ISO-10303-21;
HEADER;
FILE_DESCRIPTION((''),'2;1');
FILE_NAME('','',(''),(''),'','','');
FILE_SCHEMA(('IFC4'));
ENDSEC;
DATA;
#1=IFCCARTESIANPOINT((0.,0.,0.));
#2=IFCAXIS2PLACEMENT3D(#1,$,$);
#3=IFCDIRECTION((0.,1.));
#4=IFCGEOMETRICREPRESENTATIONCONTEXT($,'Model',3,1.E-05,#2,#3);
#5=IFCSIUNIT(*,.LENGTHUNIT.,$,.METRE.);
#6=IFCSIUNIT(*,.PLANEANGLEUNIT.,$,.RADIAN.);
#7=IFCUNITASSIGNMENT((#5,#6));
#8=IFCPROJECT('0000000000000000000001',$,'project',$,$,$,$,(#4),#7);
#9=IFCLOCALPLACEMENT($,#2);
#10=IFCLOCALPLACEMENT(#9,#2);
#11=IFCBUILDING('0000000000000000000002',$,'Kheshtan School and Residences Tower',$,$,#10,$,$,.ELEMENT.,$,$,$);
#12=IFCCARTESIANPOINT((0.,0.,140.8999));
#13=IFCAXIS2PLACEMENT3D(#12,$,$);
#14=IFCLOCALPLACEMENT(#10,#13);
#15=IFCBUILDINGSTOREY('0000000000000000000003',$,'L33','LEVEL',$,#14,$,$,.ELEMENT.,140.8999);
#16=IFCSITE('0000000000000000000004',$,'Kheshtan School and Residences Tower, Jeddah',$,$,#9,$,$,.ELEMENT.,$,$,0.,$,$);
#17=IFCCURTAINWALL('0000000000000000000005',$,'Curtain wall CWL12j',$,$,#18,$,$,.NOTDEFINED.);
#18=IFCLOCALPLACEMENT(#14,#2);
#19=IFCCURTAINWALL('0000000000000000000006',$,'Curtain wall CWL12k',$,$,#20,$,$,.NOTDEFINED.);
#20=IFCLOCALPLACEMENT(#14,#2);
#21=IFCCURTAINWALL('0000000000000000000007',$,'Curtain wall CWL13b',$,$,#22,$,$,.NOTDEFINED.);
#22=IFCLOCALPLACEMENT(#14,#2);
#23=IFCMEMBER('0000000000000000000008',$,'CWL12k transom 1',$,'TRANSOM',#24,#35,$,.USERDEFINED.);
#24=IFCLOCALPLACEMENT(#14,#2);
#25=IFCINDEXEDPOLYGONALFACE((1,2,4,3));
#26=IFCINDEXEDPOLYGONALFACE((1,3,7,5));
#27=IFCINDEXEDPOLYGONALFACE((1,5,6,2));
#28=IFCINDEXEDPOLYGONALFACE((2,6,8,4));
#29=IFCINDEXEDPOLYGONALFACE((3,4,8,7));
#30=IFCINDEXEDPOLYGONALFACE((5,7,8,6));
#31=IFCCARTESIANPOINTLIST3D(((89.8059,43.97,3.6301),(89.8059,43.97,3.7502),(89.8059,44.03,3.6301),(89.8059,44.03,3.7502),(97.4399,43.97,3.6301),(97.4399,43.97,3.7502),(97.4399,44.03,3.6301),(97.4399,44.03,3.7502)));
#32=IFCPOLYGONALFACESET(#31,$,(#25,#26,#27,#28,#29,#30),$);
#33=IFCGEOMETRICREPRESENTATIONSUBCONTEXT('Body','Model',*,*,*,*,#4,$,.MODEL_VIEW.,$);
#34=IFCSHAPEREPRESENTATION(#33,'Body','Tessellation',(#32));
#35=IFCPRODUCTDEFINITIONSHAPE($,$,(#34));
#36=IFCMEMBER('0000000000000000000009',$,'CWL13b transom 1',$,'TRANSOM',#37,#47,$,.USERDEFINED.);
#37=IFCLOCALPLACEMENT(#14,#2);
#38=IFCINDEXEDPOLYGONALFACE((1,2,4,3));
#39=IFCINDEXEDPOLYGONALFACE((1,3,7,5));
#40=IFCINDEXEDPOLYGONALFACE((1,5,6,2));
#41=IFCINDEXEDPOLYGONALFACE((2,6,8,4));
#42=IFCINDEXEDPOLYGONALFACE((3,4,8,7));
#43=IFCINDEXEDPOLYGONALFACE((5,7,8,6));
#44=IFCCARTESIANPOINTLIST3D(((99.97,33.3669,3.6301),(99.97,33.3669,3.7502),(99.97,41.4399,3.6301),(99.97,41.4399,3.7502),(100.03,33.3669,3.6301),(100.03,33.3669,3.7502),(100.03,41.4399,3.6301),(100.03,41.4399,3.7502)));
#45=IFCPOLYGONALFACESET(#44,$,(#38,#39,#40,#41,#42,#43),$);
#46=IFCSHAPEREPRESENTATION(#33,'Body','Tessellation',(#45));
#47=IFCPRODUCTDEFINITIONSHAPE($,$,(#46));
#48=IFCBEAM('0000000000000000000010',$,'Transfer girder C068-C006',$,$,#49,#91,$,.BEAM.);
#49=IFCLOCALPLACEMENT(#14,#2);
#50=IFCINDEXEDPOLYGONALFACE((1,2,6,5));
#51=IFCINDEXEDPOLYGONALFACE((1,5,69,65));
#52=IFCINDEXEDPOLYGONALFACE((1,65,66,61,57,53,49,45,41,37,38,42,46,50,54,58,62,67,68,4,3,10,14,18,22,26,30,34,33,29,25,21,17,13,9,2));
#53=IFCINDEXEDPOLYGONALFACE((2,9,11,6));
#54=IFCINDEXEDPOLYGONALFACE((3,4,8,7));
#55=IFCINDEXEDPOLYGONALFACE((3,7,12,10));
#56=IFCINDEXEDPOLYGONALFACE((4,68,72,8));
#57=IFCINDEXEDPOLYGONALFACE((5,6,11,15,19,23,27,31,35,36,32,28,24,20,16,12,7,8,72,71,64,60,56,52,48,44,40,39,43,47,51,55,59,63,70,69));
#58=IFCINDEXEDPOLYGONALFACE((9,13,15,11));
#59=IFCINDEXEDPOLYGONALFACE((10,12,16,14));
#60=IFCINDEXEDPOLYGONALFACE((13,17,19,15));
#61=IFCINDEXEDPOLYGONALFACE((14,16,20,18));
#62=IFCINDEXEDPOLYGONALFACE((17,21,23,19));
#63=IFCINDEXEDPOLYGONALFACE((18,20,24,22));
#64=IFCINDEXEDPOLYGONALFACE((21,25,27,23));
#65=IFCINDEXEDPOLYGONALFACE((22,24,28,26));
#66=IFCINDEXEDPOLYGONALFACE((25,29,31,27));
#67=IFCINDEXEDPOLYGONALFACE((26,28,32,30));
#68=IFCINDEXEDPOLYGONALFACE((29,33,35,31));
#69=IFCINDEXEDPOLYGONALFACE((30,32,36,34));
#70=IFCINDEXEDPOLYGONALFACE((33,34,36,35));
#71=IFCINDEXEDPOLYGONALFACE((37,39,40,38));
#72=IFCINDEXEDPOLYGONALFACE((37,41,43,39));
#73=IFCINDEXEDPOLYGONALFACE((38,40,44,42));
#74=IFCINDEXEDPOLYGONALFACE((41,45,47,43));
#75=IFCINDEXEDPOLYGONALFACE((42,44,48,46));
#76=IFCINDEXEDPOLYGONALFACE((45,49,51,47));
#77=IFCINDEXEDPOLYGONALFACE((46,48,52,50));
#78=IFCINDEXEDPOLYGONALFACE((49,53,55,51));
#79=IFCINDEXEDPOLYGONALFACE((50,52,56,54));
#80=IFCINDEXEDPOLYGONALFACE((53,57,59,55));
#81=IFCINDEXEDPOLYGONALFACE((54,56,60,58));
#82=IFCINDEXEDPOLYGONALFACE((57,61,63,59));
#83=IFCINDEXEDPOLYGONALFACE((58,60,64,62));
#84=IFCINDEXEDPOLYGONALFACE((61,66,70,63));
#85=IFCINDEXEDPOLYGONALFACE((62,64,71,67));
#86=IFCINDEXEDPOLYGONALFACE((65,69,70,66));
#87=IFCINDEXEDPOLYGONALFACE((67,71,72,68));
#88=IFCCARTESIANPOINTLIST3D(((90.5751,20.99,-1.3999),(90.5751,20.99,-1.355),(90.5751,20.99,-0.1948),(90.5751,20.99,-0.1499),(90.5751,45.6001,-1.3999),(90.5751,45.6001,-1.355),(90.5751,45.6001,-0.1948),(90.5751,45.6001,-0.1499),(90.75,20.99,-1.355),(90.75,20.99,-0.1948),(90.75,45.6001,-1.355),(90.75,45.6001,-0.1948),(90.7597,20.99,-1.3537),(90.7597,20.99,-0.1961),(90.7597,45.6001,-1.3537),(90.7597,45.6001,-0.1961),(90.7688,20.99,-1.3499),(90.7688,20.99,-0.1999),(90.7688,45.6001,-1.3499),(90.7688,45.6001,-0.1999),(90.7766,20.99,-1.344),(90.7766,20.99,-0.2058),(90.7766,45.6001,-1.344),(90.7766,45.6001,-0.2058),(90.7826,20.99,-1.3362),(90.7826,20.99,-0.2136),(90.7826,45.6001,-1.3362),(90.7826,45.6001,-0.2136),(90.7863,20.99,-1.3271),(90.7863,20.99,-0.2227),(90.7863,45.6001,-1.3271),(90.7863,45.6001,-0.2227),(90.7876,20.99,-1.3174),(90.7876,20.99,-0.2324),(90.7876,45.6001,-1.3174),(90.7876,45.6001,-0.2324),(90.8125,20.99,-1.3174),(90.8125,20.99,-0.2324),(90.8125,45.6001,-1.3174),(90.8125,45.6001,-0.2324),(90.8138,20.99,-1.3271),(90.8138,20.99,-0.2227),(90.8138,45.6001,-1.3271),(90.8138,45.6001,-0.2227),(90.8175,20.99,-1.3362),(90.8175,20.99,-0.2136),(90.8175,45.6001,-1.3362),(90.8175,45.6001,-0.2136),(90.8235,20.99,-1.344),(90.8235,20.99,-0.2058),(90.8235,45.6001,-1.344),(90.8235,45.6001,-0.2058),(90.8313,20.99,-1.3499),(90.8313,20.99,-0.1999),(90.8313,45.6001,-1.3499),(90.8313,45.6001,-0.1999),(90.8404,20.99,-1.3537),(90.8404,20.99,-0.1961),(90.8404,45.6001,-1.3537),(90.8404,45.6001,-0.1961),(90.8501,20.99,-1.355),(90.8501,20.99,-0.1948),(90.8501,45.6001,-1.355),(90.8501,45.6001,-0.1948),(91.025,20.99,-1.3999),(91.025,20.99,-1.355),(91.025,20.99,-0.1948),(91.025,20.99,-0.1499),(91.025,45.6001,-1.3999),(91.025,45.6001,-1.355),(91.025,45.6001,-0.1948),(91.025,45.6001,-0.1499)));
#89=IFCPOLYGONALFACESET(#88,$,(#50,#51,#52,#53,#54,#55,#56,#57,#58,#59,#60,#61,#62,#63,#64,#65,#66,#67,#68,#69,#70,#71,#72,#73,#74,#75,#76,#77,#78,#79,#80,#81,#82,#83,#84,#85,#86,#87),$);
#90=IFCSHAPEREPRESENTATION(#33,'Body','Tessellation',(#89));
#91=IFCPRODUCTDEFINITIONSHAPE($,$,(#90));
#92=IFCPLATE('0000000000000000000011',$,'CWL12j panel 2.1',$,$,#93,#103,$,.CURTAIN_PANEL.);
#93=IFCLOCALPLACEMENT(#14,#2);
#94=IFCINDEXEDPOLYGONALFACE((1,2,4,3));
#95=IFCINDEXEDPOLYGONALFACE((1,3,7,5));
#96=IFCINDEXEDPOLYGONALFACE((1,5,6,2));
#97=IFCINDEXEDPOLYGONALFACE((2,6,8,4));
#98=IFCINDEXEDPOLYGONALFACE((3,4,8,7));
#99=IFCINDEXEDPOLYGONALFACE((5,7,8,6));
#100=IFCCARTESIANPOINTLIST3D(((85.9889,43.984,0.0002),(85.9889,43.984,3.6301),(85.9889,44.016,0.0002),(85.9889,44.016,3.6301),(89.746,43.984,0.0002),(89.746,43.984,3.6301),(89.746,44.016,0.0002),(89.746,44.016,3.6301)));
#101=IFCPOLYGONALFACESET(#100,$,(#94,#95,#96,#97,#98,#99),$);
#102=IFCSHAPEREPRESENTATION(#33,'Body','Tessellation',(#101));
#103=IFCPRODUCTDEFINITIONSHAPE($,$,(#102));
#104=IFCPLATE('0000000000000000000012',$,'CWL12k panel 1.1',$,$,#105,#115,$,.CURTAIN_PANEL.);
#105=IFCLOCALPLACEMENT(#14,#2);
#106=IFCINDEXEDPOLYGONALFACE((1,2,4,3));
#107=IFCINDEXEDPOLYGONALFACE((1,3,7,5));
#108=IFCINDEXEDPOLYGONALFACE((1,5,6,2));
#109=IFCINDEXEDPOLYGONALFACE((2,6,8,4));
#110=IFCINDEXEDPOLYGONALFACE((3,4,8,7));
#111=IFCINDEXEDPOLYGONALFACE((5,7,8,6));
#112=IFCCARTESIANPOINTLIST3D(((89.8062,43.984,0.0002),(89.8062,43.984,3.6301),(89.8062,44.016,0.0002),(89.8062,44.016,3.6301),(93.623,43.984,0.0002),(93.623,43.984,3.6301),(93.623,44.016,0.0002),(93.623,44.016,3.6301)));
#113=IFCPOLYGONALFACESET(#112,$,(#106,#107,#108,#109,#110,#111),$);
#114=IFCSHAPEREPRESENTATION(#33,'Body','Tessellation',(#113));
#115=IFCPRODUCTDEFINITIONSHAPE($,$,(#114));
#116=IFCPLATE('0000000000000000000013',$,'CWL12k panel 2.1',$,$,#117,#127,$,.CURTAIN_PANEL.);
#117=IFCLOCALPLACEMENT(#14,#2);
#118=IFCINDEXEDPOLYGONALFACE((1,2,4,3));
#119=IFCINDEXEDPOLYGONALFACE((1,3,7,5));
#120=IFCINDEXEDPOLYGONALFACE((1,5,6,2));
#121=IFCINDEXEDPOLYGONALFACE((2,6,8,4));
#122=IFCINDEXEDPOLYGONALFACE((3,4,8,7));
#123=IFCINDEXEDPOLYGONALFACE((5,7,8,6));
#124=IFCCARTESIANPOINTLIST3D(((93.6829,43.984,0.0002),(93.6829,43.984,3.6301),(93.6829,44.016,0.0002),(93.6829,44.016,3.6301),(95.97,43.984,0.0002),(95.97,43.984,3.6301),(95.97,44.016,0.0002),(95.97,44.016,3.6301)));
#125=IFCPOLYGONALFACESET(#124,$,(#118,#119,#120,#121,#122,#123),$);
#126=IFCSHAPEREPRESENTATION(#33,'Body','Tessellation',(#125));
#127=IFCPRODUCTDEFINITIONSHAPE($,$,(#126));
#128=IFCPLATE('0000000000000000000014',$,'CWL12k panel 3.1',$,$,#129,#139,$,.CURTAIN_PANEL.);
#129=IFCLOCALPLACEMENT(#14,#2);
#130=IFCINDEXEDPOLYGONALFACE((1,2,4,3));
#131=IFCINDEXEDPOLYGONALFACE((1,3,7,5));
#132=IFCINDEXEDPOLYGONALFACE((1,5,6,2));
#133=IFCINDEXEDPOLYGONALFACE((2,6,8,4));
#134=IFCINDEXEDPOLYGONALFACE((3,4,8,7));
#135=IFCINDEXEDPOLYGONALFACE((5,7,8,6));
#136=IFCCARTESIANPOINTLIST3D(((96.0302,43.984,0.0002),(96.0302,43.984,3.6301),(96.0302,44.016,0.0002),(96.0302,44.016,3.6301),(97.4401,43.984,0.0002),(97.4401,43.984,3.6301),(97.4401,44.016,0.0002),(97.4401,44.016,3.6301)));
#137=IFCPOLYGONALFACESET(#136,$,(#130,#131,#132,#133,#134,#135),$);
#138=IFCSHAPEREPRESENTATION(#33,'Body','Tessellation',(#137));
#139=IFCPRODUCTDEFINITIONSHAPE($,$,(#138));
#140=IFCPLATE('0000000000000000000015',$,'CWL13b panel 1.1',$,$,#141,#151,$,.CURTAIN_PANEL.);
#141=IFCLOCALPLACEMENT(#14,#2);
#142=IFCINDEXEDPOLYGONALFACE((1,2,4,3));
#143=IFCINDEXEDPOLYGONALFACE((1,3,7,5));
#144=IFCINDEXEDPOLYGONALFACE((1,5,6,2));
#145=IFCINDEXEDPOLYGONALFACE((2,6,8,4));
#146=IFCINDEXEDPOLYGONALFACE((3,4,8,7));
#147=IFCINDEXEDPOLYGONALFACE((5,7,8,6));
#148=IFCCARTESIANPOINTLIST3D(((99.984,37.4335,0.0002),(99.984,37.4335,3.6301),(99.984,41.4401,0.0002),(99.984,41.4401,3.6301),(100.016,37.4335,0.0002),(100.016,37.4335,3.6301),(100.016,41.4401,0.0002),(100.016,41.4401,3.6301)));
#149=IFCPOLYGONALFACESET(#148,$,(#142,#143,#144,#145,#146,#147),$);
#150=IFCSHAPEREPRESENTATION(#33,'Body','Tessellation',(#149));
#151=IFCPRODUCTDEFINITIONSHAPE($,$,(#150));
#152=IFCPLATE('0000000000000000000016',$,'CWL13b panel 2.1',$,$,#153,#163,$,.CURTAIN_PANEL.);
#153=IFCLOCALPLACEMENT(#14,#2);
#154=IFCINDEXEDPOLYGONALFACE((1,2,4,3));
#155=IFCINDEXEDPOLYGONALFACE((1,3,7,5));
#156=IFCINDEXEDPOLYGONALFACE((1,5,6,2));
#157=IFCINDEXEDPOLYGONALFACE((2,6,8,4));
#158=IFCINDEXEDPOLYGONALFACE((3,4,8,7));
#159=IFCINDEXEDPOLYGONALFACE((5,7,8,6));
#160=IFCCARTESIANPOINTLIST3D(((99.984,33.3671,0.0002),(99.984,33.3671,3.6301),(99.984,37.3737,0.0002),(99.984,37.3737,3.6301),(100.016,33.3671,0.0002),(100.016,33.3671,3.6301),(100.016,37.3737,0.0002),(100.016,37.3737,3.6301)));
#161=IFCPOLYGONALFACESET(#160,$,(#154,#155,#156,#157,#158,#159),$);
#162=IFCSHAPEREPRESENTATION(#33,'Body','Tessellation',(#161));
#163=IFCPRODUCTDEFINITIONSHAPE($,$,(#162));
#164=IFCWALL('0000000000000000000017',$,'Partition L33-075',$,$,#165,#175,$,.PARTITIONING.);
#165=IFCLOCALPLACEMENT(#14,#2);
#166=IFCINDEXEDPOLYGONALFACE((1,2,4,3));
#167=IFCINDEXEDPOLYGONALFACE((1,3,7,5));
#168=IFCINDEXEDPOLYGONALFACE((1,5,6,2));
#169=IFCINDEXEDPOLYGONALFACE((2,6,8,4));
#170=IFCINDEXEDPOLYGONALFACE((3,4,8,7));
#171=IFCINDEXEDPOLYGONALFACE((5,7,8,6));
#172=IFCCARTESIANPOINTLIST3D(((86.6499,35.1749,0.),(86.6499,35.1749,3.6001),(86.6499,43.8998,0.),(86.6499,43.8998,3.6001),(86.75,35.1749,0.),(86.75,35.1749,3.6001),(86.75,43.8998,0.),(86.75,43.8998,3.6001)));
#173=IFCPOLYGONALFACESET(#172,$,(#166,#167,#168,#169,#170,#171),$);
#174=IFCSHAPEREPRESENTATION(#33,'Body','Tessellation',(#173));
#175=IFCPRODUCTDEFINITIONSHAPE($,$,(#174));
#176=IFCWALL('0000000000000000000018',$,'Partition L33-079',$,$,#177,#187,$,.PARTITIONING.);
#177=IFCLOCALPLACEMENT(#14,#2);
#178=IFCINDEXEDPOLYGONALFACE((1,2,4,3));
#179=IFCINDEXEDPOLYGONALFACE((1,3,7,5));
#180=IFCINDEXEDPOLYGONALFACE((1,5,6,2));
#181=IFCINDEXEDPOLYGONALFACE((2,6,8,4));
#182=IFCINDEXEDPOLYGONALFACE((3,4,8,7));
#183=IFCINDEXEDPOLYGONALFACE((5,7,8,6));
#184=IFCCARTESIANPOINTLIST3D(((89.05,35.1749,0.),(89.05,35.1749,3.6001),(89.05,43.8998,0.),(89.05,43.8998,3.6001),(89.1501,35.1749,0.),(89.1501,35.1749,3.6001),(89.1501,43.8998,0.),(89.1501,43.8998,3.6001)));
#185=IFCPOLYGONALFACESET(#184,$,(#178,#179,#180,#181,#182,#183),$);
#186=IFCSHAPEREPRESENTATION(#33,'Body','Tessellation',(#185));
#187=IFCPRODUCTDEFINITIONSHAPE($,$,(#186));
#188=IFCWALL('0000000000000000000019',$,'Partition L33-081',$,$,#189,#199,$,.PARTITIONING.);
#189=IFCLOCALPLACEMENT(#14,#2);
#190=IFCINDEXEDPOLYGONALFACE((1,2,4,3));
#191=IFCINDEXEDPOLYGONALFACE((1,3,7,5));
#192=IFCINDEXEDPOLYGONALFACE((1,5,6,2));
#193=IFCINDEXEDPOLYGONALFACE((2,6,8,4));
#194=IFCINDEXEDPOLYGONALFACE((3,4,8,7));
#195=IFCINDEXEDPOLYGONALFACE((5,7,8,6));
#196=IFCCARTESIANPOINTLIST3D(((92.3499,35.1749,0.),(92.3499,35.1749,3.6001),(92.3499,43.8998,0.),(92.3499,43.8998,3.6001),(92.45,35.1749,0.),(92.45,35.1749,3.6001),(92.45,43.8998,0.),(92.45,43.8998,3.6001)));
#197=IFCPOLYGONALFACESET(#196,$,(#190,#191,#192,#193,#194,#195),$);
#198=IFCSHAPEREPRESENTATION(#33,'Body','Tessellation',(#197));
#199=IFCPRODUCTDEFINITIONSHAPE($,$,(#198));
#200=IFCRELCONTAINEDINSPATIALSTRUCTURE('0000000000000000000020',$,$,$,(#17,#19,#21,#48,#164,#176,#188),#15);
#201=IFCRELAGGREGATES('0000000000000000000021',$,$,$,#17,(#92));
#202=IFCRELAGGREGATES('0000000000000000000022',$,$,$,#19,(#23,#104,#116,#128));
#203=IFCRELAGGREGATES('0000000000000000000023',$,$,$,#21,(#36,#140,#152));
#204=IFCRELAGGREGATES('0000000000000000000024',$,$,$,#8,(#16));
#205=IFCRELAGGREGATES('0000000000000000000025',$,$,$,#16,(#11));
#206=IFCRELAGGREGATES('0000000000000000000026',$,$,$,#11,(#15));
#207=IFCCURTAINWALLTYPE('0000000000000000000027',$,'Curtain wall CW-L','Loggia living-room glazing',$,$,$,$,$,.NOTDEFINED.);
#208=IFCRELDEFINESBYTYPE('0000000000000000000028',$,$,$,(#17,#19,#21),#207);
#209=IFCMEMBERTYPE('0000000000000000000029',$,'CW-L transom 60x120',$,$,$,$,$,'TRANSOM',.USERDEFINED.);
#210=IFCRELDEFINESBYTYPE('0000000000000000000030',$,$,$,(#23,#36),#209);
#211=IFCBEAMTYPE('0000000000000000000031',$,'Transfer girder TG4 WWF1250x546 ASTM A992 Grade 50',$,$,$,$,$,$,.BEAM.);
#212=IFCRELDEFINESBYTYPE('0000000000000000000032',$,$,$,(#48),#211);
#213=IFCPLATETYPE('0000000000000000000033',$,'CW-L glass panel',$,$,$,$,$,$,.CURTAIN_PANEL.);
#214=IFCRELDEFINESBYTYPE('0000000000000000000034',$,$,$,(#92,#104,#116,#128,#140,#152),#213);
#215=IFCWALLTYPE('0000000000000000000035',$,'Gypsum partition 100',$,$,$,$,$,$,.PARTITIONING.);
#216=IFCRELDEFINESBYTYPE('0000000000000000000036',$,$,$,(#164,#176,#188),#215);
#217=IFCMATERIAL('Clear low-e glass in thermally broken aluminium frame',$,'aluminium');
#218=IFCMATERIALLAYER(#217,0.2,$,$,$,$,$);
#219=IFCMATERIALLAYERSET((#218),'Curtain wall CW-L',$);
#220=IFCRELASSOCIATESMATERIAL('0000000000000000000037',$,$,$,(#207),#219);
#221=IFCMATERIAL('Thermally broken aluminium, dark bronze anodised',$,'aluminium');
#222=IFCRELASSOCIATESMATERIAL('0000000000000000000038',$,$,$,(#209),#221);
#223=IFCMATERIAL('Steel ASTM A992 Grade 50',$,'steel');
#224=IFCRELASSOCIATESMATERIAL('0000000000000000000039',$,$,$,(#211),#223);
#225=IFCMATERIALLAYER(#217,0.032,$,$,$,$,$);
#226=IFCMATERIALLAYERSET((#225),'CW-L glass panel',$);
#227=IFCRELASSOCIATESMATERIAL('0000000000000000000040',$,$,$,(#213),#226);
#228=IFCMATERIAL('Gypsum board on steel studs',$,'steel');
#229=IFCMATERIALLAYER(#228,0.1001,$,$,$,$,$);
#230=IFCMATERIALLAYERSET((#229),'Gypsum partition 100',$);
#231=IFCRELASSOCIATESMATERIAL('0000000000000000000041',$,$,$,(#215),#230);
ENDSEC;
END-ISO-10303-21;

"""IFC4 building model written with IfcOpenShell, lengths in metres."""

from ifc_helpers import new_model, si_unit, direction, frame, frame_2d, origin, origin_2d, place, context, subcontext, project, spatial, rectangle, i_section, extrude, material, layer, layer_set, material_profile, profile_set, type_object, element, aggregate, save


model = new_model("IFC4")

# Units and contexts
model_context = context("Model", 3, precision=1e-05, world=origin(), true_north=direction((0.0, 1.0)))
body_context = subcontext(model_context, "Body", "Model", "MODEL_VIEW")
ifc_project = project(units=[si_unit("LENGTHUNIT", "METRE"), si_unit("PLANEANGLEUNIT", "RADIAN")], contexts=[model_context])

# Site, building, storey
site_placement = place(None, origin())
site = spatial("IfcSite", under=ifc_project, at=site_placement, Name="Kheshtan School and Residences Tower, Jeddah", CompositionType="ELEMENT", RefElevation=0.0)
building_placement = place(site_placement, origin())
building = spatial("IfcBuilding", under=site, at=building_placement, Name="Kheshtan School and Residences Tower", CompositionType="ELEMENT")
storey_placement = place(building_placement, frame((0.0, 0.0, 140.8999)))
storey = spatial("IfcBuildingStorey", under=building, at=storey_placement, Name="L33", Description="LEVEL", CompositionType="ELEMENT", Elevation=140.8999)

# Shared definitions
ifc_material_1 = material(Name="Steel ASTM A992 Grade 50", Category="steel")

# Curtain walls
ifc_material_2 = material(Name="Clear low-e glass in thermally broken aluminium frame", Category="aluminium")
ifc_layer_1 = layer(ifc_material_2, 0.2)
ifc_layer_set_1 = layer_set([ifc_layer_1], Name="Curtain wall CW-L")
curtain_wall_type = type_object("IfcCurtainWallType", Name="Curtain wall CW-L", Description="Loggia living-room glazing", PredefinedType="NOTDEFINED", material=ifc_layer_set_1)
curtain_wall_1_placement = place(storey_placement, origin())
curtain_wall_1 = element("IfcCurtainWall", 1, at=curtain_wall_1_placement, inside=storey, type_object=curtain_wall_type, Name="Curtain wall CWL12j", PredefinedType="NOTDEFINED")
ifc_material_3 = material(Name="Thermally broken aluminium, dark bronze anodised", Category="aluminium")
curtain_wall_2_placement = place(storey_placement, origin())
curtain_wall_2 = element("IfcCurtainWall", 2, at=curtain_wall_2_placement, inside=storey, type_object=curtain_wall_type, Name="Curtain wall CWL12k", PredefinedType="NOTDEFINED")
curtain_wall_3_placement = place(storey_placement, origin())
curtain_wall_3 = element("IfcCurtainWall", 3, at=curtain_wall_3_placement, inside=storey, type_object=curtain_wall_type, Name="Curtain wall CWL13b", PredefinedType="NOTDEFINED")

# Members
ifc_material_profile_1 = material_profile(ifc_material_3, rectangle(XDim=0.0601, YDim=0.1201, at=origin_2d()), Name="CW-L transom 60x120")
ifc_profile_set_1 = profile_set([ifc_material_profile_1], Name="Thermally broken aluminium, dark bronze anodised")
member_type_1 = type_object("IfcMemberType", Name="CW-L transom 60x120", ElementType="TRANSOM", PredefinedType="USERDEFINED", material=ifc_profile_set_1)
member_1_placement = place(storey_placement, frame((89.8059, 44.0, 3.6902), z_axis=(1.0, 0.0, 0.0), x_axis=(0.0, 1.0, 0.0)))
member_1 = element("IfcMember", 4, at=member_1_placement, type_object=member_type_1, Name="CWL12k transom 1", ObjectType="TRANSOM", PredefinedType="USERDEFINED", context=body_context, shape_type="SweptSolid", body=[
    extrude(rectangle(XDim=0.0601, YDim=0.1201, at=origin_2d()), origin(), (0.0, 0.0, 1.0), 7.634),
])
member_2_placement = place(storey_placement, frame((100.0, 41.4399, 3.6902), z_axis=(0.0, -1.0, 0.0), x_axis=(1.0, 0.0, 0.0)))
member_2 = element("IfcMember", 5, at=member_2_placement, type_object=member_type_1, Name="CWL13b transom 1", ObjectType="TRANSOM", PredefinedType="USERDEFINED", context=body_context, shape_type="SweptSolid", body=[
    extrude(rectangle(XDim=0.0601, YDim=0.1201, at=origin_2d()), origin(), (0.0, 0.0, 1.0), 8.073),
])

# Beam
ifc_material_profile_2 = material_profile(ifc_material_1, i_section(OverallWidth=0.45, OverallDepth=1.25, WebThickness=0.0249, FlangeThickness=0.0449, FilletRadius=0.0376, at=origin_2d()), Name="WWF1250x546")
ifc_profile_set_2 = profile_set([ifc_material_profile_2], Name="Steel ASTM A992 Grade 50")
beam_type_1 = type_object("IfcBeamType", Name="Transfer girder TG4 WWF1250x546 ASTM A992 Grade 50", PredefinedType="BEAM", material=ifc_profile_set_2)
beam_1_placement = place(storey_placement, frame((90.8, 45.6001, -0.7749), z_axis=(0.0, -1.0, 0.0), x_axis=(1.0, 0.0, 0.0)))
element("IfcBeam", 6, at=beam_1_placement, inside=storey, type_object=beam_type_1, Name="Transfer girder C068-C006", PredefinedType="BEAM", context=body_context, shape_type="SweptSolid", body=[
    extrude(i_section(OverallWidth=0.45, OverallDepth=1.25, WebThickness=0.0249, FlangeThickness=0.0449, FilletRadius=0.0376, at=origin_2d()), origin(), (0.0, 0.0, 1.0), 24.6101),
])

# Plates
ifc_layer_2 = layer(ifc_material_2, 0.032)
ifc_layer_set_2 = layer_set([ifc_layer_2], Name="CW-L glass panel")
plate_type = type_object("IfcPlateType", Name="CW-L glass panel", PredefinedType="CURTAIN_PANEL", material=ifc_layer_set_2)
plate_1_placement = place(storey_placement, frame((87.8674, 44.0, 0.0002), z_axis=(0.0, 0.0, 1.0), x_axis=(1.0, 0.0, 0.0)))
plate_1 = element("IfcPlate", 7, at=plate_1_placement, type_object=plate_type, Name="CWL12j panel 2.1", PredefinedType="CURTAIN_PANEL", context=body_context, shape_type="SweptSolid", body=[
    extrude(rectangle(XDim=3.7571, YDim=0.032, at=origin_2d()), origin(), (0.0, 0.0, 1.0), 3.6299),
])
aggregate(curtain_wall_1, [plate_1])
plate_2_placement = place(storey_placement, frame((91.7146, 44.0, 0.0002), z_axis=(0.0, 0.0, 1.0), x_axis=(1.0, 0.0, 0.0)))
plate_2 = element("IfcPlate", 8, at=plate_2_placement, type_object=plate_type, Name="CWL12k panel 1.1", PredefinedType="CURTAIN_PANEL", context=body_context, shape_type="SweptSolid", body=[
    extrude(rectangle(XDim=3.8169, YDim=0.032, at=origin_2d()), origin(), (0.0, 0.0, 1.0), 3.6299),
])
plate_3_placement = place(storey_placement, frame((94.8264, 44.0, 0.0002), z_axis=(0.0, 0.0, 1.0), x_axis=(1.0, 0.0, 0.0)))
plate_3 = element("IfcPlate", 9, at=plate_3_placement, type_object=plate_type, Name="CWL12k panel 2.1", PredefinedType="CURTAIN_PANEL", context=body_context, shape_type="SweptSolid", body=[
    extrude(rectangle(XDim=2.2871, YDim=0.032, at=origin_2d()), origin(), (0.0, 0.0, 1.0), 3.6299),
])
plate_4_placement = place(storey_placement, frame((96.7351, 44.0, 0.0002), z_axis=(0.0, 0.0, 1.0), x_axis=(1.0, 0.0, 0.0)))
plate_4 = element("IfcPlate", 10, at=plate_4_placement, type_object=plate_type, Name="CWL12k panel 3.1", PredefinedType="CURTAIN_PANEL", context=body_context, shape_type="SweptSolid", body=[
    extrude(rectangle(XDim=1.4099, YDim=0.032, at=origin_2d()), origin(), (0.0, 0.0, 1.0), 3.6299),
])
aggregate(curtain_wall_2, [member_1, plate_2, plate_3, plate_4])
plate_5_placement = place(storey_placement, frame((100.0, 39.4368, 0.0002), z_axis=(0.0, 0.0, 1.0), x_axis=(0.0, -1.0, 0.0)))
plate_5 = element("IfcPlate", 11, at=plate_5_placement, type_object=plate_type, Name="CWL13b panel 1.1", PredefinedType="CURTAIN_PANEL", context=body_context, shape_type="SweptSolid", body=[
    extrude(rectangle(XDim=4.0066, YDim=0.032, at=origin_2d()), origin(), (0.0, 0.0, 1.0), 3.6299),
])
plate_6_placement = place(storey_placement, frame((100.0, 35.3704, 0.0002), z_axis=(0.0, 0.0, 1.0), x_axis=(0.0, -1.0, 0.0)))
plate_6 = element("IfcPlate", 12, at=plate_6_placement, type_object=plate_type, Name="CWL13b panel 2.1", PredefinedType="CURTAIN_PANEL", context=body_context, shape_type="SweptSolid", body=[
    extrude(rectangle(XDim=4.0066, YDim=0.032, at=origin_2d()), origin(), (0.0, 0.0, 1.0), 3.6299),
])
aggregate(curtain_wall_3, [member_2, plate_5, plate_6])

# Walls
ifc_material_4 = material(Name="Gypsum board on steel studs", Category="steel")
ifc_layer_3 = layer(ifc_material_4, 0.1001)
ifc_layer_set_3 = layer_set([ifc_layer_3], Name="Gypsum partition 100")
wall_type_1 = type_object("IfcWallType", Name="Gypsum partition 100", PredefinedType="PARTITIONING", material=ifc_layer_set_3)
for number, where, z_axis, x_axis, name in (
    (13, (86.7, 35.175, 0.0), (0.0, 0.0, 1.0), (0.0, 1.0, 0.0), "Partition L33-075"),
    (14, (89.1001, 35.175, 0.0), (0.0, 0.0, 1.0), (0.0, 1.0, 0.0), "Partition L33-079"),
    (15, (92.3999, 35.175, 0.0), (0.0, 0.0, 1.0), (0.0, 1.0, 0.0), "Partition L33-081"),
):
    element("IfcWall", number, at=place(storey_placement, frame(where, z_axis=z_axis, x_axis=x_axis)), inside=storey, type_object=wall_type_1, Name=name, PredefinedType="PARTITIONING", context=body_context, shape_type="SweptSolid", body=[
        extrude(rectangle(XDim=8.7249, YDim=0.1001, at=frame_2d((4.3623, 0.0))), origin(), (0.0, 0.0, 1.0), 3.6001),
    ])

save(model, "model.ifc")
